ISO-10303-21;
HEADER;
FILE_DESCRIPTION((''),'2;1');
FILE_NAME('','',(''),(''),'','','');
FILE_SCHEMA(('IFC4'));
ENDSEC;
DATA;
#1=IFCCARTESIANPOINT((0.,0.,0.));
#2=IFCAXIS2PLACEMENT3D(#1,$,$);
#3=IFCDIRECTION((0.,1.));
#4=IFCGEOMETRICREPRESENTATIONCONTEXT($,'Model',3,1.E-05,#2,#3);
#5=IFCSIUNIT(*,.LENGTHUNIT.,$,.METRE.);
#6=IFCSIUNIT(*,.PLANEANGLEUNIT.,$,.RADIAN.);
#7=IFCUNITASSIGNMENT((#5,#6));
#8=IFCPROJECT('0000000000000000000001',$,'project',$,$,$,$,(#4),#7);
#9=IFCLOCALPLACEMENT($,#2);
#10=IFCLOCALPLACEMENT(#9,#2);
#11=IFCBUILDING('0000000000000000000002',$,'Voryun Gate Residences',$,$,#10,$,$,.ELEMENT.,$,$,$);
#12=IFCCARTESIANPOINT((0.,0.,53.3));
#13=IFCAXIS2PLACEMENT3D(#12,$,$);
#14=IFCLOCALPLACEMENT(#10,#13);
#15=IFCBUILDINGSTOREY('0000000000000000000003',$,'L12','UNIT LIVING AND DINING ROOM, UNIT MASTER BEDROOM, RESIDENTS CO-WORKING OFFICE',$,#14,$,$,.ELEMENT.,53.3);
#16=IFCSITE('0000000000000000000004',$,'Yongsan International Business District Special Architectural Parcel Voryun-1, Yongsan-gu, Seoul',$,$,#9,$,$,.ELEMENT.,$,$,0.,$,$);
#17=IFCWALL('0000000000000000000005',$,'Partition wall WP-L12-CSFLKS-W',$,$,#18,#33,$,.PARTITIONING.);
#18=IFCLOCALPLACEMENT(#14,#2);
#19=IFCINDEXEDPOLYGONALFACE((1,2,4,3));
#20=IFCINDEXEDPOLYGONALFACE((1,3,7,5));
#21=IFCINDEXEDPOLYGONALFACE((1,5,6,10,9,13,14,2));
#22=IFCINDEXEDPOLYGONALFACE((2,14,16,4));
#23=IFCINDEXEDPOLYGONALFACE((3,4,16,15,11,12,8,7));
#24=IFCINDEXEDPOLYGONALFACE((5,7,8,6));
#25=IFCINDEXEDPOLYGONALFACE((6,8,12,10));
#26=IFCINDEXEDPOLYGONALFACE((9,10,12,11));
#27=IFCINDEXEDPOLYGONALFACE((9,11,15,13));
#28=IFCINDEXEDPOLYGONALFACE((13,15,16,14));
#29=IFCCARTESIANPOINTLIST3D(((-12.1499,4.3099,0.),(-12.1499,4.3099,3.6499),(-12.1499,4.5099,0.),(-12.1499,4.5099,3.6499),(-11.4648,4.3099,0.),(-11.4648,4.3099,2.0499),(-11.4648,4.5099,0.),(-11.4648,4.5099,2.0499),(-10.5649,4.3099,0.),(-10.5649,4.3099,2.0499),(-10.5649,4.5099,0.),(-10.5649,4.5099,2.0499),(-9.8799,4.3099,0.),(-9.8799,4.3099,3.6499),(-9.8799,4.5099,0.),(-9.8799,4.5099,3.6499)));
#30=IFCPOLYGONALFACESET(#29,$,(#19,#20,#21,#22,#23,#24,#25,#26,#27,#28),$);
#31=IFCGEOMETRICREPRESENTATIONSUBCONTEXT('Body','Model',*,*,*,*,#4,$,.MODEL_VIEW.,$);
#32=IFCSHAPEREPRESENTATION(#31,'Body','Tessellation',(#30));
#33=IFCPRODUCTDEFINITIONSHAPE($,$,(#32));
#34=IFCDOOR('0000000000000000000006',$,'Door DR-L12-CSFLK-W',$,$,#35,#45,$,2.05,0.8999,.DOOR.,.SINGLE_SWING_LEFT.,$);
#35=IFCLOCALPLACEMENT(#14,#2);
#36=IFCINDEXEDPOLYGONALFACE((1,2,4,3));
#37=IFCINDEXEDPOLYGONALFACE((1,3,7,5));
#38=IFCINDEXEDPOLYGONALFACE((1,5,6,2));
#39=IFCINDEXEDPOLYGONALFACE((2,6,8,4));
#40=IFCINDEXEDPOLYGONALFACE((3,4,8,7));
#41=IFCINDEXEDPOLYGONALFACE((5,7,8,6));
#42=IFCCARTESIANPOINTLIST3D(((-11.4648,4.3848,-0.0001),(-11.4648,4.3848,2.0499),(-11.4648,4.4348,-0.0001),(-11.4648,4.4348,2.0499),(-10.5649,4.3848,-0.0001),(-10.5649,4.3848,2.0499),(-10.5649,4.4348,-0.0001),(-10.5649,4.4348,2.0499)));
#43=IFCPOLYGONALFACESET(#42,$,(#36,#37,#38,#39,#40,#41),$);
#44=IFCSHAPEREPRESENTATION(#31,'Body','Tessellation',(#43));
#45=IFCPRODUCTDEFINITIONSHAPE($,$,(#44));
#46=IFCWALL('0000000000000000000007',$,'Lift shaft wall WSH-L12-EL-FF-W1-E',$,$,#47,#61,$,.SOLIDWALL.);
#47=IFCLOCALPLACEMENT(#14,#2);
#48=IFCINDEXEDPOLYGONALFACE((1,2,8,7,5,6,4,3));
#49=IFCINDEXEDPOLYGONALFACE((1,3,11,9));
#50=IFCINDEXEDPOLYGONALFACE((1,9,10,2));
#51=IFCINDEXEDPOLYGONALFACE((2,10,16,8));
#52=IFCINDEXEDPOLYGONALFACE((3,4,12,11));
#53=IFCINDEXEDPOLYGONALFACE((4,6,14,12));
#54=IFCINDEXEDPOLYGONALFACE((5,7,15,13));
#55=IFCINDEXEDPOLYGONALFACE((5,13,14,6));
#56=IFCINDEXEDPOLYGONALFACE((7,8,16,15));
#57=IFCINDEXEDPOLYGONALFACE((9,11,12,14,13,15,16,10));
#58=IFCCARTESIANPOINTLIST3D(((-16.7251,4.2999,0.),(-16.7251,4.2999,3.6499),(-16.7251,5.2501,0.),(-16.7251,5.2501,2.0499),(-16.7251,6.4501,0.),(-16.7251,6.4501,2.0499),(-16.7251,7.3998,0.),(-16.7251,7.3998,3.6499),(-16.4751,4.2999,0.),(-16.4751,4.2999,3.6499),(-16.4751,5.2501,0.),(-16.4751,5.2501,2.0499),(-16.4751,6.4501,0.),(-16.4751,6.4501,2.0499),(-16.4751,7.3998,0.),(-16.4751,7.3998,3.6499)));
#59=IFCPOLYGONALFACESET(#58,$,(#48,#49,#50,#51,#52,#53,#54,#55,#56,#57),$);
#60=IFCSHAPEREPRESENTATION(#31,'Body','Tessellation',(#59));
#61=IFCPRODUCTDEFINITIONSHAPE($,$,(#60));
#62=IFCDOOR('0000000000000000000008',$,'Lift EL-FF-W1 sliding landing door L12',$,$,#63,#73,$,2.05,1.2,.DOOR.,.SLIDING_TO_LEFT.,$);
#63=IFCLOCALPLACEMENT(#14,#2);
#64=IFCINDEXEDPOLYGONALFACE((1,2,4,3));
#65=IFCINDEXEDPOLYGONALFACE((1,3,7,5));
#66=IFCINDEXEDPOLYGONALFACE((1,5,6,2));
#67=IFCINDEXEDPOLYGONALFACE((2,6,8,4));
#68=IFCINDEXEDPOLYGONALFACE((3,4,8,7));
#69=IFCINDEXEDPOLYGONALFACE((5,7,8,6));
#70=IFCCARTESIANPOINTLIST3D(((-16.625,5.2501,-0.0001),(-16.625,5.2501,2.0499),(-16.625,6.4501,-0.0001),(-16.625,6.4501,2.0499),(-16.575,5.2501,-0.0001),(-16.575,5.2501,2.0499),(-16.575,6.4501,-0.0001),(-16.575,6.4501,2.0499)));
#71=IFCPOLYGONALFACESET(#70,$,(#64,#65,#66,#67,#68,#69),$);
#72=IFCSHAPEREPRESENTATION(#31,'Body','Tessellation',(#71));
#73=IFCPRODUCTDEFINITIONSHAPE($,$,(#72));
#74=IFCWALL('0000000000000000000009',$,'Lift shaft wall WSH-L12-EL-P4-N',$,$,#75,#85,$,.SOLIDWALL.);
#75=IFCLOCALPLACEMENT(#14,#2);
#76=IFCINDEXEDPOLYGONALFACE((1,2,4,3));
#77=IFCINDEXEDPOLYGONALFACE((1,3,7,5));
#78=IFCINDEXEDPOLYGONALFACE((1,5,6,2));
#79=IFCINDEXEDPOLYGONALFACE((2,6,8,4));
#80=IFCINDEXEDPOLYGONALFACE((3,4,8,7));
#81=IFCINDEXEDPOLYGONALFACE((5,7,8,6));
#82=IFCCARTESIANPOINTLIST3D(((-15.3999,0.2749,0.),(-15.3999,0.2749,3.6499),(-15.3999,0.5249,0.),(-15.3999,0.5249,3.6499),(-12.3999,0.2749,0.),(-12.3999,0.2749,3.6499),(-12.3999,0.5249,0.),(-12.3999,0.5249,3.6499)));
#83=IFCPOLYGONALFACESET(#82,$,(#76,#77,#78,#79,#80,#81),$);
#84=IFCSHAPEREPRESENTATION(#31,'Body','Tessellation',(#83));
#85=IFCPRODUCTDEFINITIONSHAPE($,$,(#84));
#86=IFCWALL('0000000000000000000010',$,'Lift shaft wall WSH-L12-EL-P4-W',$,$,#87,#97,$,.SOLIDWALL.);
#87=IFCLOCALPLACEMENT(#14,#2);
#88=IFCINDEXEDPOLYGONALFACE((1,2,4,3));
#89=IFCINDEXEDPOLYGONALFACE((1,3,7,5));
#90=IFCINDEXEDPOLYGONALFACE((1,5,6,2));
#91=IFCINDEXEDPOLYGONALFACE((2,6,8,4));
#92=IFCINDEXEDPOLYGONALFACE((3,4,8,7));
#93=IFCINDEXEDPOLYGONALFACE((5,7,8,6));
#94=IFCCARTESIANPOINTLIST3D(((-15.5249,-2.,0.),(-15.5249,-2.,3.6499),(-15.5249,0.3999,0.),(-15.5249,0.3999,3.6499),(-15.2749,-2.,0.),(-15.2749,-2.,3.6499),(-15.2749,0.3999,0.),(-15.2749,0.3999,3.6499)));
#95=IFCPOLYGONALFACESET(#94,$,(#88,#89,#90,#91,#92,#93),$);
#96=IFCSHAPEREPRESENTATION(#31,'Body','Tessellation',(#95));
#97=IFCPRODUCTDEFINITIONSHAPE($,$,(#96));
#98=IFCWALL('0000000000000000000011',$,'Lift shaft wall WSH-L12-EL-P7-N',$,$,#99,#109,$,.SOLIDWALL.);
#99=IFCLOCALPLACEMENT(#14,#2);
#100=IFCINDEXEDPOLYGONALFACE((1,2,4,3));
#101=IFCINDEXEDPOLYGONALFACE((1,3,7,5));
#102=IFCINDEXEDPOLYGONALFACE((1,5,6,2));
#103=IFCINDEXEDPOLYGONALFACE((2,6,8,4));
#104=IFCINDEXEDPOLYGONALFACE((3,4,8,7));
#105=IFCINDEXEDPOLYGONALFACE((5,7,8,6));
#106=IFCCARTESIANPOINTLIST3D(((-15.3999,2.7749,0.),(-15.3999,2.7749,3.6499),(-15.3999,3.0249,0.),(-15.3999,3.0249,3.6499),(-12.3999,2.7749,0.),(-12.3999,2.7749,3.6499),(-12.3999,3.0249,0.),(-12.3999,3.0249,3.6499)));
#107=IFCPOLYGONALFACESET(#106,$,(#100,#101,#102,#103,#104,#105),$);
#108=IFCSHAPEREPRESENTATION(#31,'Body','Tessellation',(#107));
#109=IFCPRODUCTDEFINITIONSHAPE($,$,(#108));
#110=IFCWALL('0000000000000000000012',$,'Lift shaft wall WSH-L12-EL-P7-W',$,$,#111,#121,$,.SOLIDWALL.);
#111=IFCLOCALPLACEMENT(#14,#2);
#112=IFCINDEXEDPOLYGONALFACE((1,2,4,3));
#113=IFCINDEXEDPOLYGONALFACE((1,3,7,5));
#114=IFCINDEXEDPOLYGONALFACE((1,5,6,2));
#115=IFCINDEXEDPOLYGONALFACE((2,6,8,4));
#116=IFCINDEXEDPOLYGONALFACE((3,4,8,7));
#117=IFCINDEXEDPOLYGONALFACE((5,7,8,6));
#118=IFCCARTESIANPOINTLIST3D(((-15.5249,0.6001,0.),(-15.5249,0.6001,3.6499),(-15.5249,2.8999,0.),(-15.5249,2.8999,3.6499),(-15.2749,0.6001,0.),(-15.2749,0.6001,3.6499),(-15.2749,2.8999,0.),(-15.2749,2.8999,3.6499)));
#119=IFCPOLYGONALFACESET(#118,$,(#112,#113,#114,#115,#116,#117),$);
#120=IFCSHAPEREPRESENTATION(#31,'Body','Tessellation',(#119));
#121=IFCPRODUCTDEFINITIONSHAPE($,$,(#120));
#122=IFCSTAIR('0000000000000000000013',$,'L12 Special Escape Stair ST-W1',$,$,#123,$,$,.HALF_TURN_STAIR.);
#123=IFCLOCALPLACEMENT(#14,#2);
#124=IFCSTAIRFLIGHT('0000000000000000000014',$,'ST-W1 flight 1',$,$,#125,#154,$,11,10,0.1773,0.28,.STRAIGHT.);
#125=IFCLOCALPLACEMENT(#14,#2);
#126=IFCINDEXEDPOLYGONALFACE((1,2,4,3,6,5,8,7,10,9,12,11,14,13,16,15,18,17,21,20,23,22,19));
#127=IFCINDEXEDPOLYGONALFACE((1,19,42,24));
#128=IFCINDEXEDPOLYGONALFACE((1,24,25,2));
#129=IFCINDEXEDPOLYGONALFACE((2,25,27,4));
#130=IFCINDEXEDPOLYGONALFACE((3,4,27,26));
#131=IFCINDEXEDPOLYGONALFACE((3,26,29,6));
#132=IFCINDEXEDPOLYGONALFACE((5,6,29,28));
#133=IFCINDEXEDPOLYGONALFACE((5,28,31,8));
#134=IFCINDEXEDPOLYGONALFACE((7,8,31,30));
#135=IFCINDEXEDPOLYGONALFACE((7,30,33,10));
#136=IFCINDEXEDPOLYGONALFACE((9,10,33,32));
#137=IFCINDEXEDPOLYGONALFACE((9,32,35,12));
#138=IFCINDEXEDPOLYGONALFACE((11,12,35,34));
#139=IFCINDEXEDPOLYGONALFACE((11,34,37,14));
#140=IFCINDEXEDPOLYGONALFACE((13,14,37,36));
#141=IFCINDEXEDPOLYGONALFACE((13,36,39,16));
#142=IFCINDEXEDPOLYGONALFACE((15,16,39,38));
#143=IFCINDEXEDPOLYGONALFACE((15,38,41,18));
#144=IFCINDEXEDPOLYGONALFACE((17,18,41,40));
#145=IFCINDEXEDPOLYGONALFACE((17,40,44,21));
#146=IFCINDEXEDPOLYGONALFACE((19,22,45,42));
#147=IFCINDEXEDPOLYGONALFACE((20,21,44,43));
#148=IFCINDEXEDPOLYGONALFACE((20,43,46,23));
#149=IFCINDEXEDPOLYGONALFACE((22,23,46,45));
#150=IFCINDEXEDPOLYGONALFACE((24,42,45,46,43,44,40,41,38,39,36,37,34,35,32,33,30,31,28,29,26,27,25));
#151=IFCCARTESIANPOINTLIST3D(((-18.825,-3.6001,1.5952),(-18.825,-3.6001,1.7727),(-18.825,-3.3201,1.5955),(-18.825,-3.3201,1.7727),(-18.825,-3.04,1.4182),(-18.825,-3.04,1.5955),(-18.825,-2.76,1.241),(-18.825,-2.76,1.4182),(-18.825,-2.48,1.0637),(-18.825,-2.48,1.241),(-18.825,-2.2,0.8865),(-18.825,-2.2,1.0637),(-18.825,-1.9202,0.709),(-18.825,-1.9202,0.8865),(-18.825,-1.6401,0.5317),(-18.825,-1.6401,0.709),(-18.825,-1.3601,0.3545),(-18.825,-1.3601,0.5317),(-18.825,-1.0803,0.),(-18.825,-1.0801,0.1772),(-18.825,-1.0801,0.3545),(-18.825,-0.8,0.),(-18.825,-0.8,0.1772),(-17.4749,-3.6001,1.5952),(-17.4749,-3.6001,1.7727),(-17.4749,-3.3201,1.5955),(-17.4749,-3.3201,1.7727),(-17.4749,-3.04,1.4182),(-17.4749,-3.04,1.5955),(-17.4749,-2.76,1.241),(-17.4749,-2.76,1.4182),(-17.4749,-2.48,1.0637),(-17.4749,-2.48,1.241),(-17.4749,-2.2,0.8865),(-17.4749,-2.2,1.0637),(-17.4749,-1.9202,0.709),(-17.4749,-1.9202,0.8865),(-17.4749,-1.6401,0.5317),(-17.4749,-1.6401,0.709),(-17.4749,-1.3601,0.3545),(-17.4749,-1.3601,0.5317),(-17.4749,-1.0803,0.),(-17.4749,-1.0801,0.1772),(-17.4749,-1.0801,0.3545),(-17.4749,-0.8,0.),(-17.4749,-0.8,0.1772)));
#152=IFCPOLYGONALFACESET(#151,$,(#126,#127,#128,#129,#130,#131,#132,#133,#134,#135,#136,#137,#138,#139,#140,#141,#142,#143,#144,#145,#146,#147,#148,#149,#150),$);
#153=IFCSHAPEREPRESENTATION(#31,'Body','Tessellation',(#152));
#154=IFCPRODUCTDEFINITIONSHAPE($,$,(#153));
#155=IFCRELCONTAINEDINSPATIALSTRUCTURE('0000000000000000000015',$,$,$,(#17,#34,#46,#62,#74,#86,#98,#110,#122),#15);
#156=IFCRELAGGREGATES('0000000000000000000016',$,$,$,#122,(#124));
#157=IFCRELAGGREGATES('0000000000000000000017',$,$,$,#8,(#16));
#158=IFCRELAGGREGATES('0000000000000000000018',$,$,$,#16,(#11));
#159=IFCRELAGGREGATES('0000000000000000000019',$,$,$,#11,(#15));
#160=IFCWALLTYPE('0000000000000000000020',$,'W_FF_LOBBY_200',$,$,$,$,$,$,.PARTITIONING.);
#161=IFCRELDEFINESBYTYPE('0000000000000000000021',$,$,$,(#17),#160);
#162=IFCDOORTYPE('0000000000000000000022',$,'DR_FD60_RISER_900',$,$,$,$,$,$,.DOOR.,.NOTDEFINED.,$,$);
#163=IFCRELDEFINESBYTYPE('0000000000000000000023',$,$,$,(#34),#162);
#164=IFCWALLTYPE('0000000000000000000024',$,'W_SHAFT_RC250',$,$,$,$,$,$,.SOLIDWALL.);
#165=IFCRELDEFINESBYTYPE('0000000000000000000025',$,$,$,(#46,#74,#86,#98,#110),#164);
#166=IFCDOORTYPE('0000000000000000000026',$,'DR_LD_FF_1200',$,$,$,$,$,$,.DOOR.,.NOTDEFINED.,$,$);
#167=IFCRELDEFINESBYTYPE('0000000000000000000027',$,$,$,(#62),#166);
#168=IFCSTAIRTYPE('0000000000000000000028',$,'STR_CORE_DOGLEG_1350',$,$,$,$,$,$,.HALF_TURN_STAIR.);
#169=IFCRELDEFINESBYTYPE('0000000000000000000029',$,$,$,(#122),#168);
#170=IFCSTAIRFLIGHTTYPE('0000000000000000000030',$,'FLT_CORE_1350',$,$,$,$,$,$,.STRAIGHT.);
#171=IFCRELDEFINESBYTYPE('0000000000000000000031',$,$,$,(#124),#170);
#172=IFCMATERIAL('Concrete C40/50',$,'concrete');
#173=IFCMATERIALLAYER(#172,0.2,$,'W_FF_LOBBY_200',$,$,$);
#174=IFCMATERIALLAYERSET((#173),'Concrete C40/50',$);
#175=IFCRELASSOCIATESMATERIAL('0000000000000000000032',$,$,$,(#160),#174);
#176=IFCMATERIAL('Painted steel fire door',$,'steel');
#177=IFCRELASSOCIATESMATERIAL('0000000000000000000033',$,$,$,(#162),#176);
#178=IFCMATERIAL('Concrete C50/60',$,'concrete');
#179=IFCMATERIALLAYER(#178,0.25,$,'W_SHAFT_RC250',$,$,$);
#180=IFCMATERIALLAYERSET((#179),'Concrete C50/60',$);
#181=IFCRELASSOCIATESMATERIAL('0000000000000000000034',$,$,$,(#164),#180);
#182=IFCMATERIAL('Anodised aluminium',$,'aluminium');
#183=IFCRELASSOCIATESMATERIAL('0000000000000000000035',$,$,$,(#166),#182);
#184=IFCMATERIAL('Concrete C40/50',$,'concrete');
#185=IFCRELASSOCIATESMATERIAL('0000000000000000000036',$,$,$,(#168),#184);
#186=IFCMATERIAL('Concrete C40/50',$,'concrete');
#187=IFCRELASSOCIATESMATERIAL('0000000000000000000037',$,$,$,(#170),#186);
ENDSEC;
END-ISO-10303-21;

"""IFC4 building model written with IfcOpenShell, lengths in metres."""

from ifc_helpers import new_model, si_unit, direction, frame, frame_2d, origin, place, context, subcontext, project, spatial, polyline, rectangle, outline, extrude, material, layer, layer_set, type_object, element, fill, aggregate, save


model = new_model("IFC4")

# Units and contexts
model_context = context("Model", 3, precision=1e-05, world=origin(), true_north=direction((0.0, 1.0)))
body_context = subcontext(model_context, "Body", "Model", "MODEL_VIEW")
ifc_project = project(units=[si_unit("LENGTHUNIT", "METRE"), si_unit("PLANEANGLEUNIT", "RADIAN")], contexts=[model_context])

# Site, building, storey
site_placement = place(None, origin())
site = spatial("IfcSite", under=ifc_project, at=site_placement, Name="Yongsan International Business District Special Architectural Parcel Voryun-1, Yongsan-gu, Seoul", CompositionType="ELEMENT", RefElevation=0.0)
building_placement = place(site_placement, origin())
building = spatial("IfcBuilding", under=site, at=building_placement, Name="Voryun Gate Residences", CompositionType="ELEMENT")
storey_placement = place(building_placement, frame((0.0, 0.0, 53.3)))
storey = spatial("IfcBuildingStorey", under=building, at=storey_placement, Name="L12", Description="UNIT LIVING AND DINING ROOM, UNIT MASTER BEDROOM, RESIDENTS CO-WORKING OFFICE", CompositionType="ELEMENT", Elevation=53.3)

# Shared definitions
ifc_material_1 = material(Name="Concrete C40/50", Category="concrete")
ifc_layer_1 = layer(ifc_material_1, 0.2, Name="W_FF_LOBBY_200")
ifc_layer_set_1 = layer_set([ifc_layer_1], Name="Concrete C40/50")
wall_type_1 = type_object("IfcWallType", Name="W_FF_LOBBY_200", PredefinedType="PARTITIONING", material=ifc_layer_set_1)

# Walls, openings, doors
wall_1_placement = place(storey_placement, frame((-12.1499, 4.4099, 0.0), z_axis=(0.0, 0.0, 1.0), x_axis=(1.0, 0.0, 0.0)))
wall_1 = element("IfcWall", 1, at=wall_1_placement, inside=storey, type_object=wall_type_1, Name="Partition wall WP-L12-CSFLKS-W", PredefinedType="PARTITIONING", context=body_context, shape_type="SweptSolid", body=[
    extrude(rectangle(XDim=2.27, YDim=0.2, at=frame_2d((1.135, 0.0))), origin(), (0.0, 0.0, 1.0), 3.6499),
])
opening_1_placement = place(wall_1_placement, frame((0.6851, 0.0, 0.0)))
opening_1 = element("IfcOpeningElement", 2, at=opening_1_placement, cuts=wall_1, PredefinedType="OPENING", context=body_context, shape_type="SweptSolid", body=[
    extrude(rectangle(XDim=0.8999, YDim=2.05, at=frame_2d((0.45, 1.0249))), frame((0.0, 0.1101, 0.0), z_axis=(0.0, -1.0, 0.0), x_axis=(1.0, 0.0, 0.0)), (0.0, 0.0, 1.0), 0.22),
])
ifc_material_2 = material(Name="Painted steel fire door", Category="steel")
door_type_1 = type_object("IfcDoorType", Name="DR_FD60_RISER_900", OperationType="NOTDEFINED", PredefinedType="DOOR", material=ifc_material_2)
door_1_placement = place(opening_1_placement, origin())
door_1 = element("IfcDoor", 3, at=door_1_placement, inside=storey, type_object=door_type_1, Name="Door DR-L12-CSFLK-W", OperationType="SINGLE_SWING_LEFT", OverallHeight=2.05, OverallWidth=0.8999, PredefinedType="DOOR", context=body_context, shape_type="SweptSolid", body=[
    extrude(rectangle(XDim=0.8999, YDim=2.05, at=frame_2d((0.45, 1.0249))), frame((0.0, 0.0249, 0.0), z_axis=(0.0, -1.0, 0.0), x_axis=(1.0, 0.0, 0.0)), (0.0, 0.0, 1.0), 0.05),
])
fill(opening_1, door_1)
ifc_material_3 = material(Name="Concrete C50/60", Category="concrete")
ifc_layer_2 = layer(ifc_material_3, 0.25, Name="W_SHAFT_RC250")
ifc_layer_set_2 = layer_set([ifc_layer_2], Name="Concrete C50/60")
wall_type_2 = type_object("IfcWallType", Name="W_SHAFT_RC250", PredefinedType="SOLIDWALL", material=ifc_layer_set_2)
wall_2_placement = place(storey_placement, frame((-16.6001, 4.3, 0.0), z_axis=(0.0, 0.0, 1.0), x_axis=(0.0, 1.0, 0.0)))
wall_2 = element("IfcWall", 4, at=wall_2_placement, inside=storey, type_object=wall_type_2, Name="Lift shaft wall WSH-L12-EL-FF-W1-E", PredefinedType="SOLIDWALL", context=body_context, shape_type="SweptSolid", body=[
    extrude(rectangle(XDim=3.0999, YDim=0.25, at=frame_2d((1.5498, 0.0))), origin(), (0.0, 0.0, 1.0), 3.6499),
])
opening_2_placement = place(wall_2_placement, frame((0.95, 0.0, 0.0)))
opening_2 = element("IfcOpeningElement", 5, at=opening_2_placement, cuts=wall_2, PredefinedType="OPENING", context=body_context, shape_type="SweptSolid", body=[
    extrude(rectangle(XDim=1.2, YDim=2.05, at=frame_2d((0.6001, 1.0249))), frame((0.0, 0.135, 0.0), z_axis=(0.0, -1.0, 0.0), x_axis=(1.0, 0.0, 0.0)), (0.0, 0.0, 1.0), 0.27),
])
ifc_material_4 = material(Name="Anodised aluminium", Category="aluminium")
door_type_2 = type_object("IfcDoorType", Name="DR_LD_FF_1200", OperationType="NOTDEFINED", PredefinedType="DOOR", material=ifc_material_4)
door_2_placement = place(opening_2_placement, origin())
door_2 = element("IfcDoor", 6, at=door_2_placement, inside=storey, type_object=door_type_2, Name="Lift EL-FF-W1 sliding landing door L12", OperationType="SLIDING_TO_LEFT", OverallHeight=2.05, OverallWidth=1.2, PredefinedType="DOOR", context=body_context, shape_type="SweptSolid", body=[
    extrude(rectangle(XDim=1.2, YDim=2.05, at=frame_2d((0.6001, 1.0249))), frame((0.0, 0.0249, 0.0), z_axis=(0.0, -1.0, 0.0), x_axis=(1.0, 0.0, 0.0)), (0.0, 0.0, 1.0), 0.05),
])
fill(opening_2, door_2)

# Walls
wall_3_placement = place(storey_placement, frame((-12.3999, 0.3999, 0.0), z_axis=(0.0, 0.0, 1.0), x_axis=(-1.0, 0.0, 0.0)))
element("IfcWall", 7, at=wall_3_placement, inside=storey, type_object=wall_type_2, Name="Lift shaft wall WSH-L12-EL-P4-N", PredefinedType="SOLIDWALL", context=body_context, shape_type="SweptSolid", body=[
    extrude(rectangle(XDim=3.0, YDim=0.25, at=frame_2d((1.5, 0.0))), origin(), (0.0, 0.0, 1.0), 3.6499),
])
wall_4_placement = place(storey_placement, frame((-15.3999, 0.3999, 0.0), z_axis=(0.0, 0.0, 1.0), x_axis=(0.0, -1.0, 0.0)))
element("IfcWall", 8, at=wall_4_placement, inside=storey, type_object=wall_type_2, Name="Lift shaft wall WSH-L12-EL-P4-W", PredefinedType="SOLIDWALL", context=body_context, shape_type="SweptSolid", body=[
    extrude(rectangle(XDim=2.3999, YDim=0.25, at=frame_2d((1.2, 0.0))), origin(), (0.0, 0.0, 1.0), 3.6499),
])
wall_5_placement = place(storey_placement, frame((-12.3999, 2.8999, 0.0), z_axis=(0.0, 0.0, 1.0), x_axis=(-1.0, 0.0, 0.0)))
element("IfcWall", 9, at=wall_5_placement, inside=storey, type_object=wall_type_2, Name="Lift shaft wall WSH-L12-EL-P7-N", PredefinedType="SOLIDWALL", context=body_context, shape_type="SweptSolid", body=[
    extrude(rectangle(XDim=3.0, YDim=0.25, at=frame_2d((1.5, 0.0))), origin(), (0.0, 0.0, 1.0), 3.6499),
])
wall_6_placement = place(storey_placement, frame((-15.3999, 2.8999, 0.0), z_axis=(0.0, 0.0, 1.0), x_axis=(0.0, -1.0, 0.0)))
element("IfcWall", 10, at=wall_6_placement, inside=storey, type_object=wall_type_2, Name="Lift shaft wall WSH-L12-EL-P7-W", PredefinedType="SOLIDWALL", context=body_context, shape_type="SweptSolid", body=[
    extrude(rectangle(XDim=2.2998, YDim=0.25, at=frame_2d((1.1499, 0.0))), origin(), (0.0, 0.0, 1.0), 3.6499),
])

# Stair, stair flight
ifc_material_5 = material(Name="Concrete C40/50", Category="concrete")
stair_type = type_object("IfcStairType", Name="STR_CORE_DOGLEG_1350", PredefinedType="HALF_TURN_STAIR", material=ifc_material_5)
stair_placement = place(storey_placement, origin())
stair = element("IfcStair", 11, at=stair_placement, inside=storey, type_object=stair_type, Name="L12 Special Escape Stair ST-W1", PredefinedType="HALF_TURN_STAIR")
ifc_material_6 = material(Name="Concrete C40/50", Category="concrete")
stair_flight_type = type_object("IfcStairFlightType", Name="FLT_CORE_1350", PredefinedType="STRAIGHT", material=ifc_material_6)
stair_flight_placement = place(storey_placement, frame((-18.1499, -0.8, 0.0), z_axis=(0.0, 0.0, 1.0), x_axis=(0.0, -1.0, 0.0)))
stair_flight = element("IfcStairFlight", 12, at=stair_flight_placement, type_object=stair_flight_type, Name="ST-W1 flight 1", NumberOfRisers=11, NumberOfTreads=10, PredefinedType="STRAIGHT", RiserHeight=0.1773, TreadLength=0.28, context=body_context, shape_type="SweptSolid", body=[
    extrude(outline(polyline([(0.0, 0.0), (0.0, 0.1772), (0.28, 0.1772), (0.28, 0.3545), (0.5601, 0.3545), (0.5601, 0.5317), (0.8401, 0.5317), (0.8401, 0.709), (1.1201, 0.709), (1.1201, 0.8865), (1.3999, 0.8865), (1.3999, 1.0637), (1.6799, 1.0637), (1.6799, 1.241), (1.96, 1.241), (1.96, 1.4182), (2.24, 1.4182), (2.24, 1.5955), (2.52, 1.5955), (2.52, 1.7727), (2.8, 1.7727), (2.8, 1.95), (2.8, 1.5952), (0.2803, 0.0), (0.0, 0.0)])), frame((0.0, 0.675, 0.0), z_axis=(0.0, -1.0, 0.0), x_axis=(1.0, 0.0, 0.0)), (0.0, 0.0, 1.0), 1.3501),
])
aggregate(stair, [stair_flight])

save(model, "model.ifc")
